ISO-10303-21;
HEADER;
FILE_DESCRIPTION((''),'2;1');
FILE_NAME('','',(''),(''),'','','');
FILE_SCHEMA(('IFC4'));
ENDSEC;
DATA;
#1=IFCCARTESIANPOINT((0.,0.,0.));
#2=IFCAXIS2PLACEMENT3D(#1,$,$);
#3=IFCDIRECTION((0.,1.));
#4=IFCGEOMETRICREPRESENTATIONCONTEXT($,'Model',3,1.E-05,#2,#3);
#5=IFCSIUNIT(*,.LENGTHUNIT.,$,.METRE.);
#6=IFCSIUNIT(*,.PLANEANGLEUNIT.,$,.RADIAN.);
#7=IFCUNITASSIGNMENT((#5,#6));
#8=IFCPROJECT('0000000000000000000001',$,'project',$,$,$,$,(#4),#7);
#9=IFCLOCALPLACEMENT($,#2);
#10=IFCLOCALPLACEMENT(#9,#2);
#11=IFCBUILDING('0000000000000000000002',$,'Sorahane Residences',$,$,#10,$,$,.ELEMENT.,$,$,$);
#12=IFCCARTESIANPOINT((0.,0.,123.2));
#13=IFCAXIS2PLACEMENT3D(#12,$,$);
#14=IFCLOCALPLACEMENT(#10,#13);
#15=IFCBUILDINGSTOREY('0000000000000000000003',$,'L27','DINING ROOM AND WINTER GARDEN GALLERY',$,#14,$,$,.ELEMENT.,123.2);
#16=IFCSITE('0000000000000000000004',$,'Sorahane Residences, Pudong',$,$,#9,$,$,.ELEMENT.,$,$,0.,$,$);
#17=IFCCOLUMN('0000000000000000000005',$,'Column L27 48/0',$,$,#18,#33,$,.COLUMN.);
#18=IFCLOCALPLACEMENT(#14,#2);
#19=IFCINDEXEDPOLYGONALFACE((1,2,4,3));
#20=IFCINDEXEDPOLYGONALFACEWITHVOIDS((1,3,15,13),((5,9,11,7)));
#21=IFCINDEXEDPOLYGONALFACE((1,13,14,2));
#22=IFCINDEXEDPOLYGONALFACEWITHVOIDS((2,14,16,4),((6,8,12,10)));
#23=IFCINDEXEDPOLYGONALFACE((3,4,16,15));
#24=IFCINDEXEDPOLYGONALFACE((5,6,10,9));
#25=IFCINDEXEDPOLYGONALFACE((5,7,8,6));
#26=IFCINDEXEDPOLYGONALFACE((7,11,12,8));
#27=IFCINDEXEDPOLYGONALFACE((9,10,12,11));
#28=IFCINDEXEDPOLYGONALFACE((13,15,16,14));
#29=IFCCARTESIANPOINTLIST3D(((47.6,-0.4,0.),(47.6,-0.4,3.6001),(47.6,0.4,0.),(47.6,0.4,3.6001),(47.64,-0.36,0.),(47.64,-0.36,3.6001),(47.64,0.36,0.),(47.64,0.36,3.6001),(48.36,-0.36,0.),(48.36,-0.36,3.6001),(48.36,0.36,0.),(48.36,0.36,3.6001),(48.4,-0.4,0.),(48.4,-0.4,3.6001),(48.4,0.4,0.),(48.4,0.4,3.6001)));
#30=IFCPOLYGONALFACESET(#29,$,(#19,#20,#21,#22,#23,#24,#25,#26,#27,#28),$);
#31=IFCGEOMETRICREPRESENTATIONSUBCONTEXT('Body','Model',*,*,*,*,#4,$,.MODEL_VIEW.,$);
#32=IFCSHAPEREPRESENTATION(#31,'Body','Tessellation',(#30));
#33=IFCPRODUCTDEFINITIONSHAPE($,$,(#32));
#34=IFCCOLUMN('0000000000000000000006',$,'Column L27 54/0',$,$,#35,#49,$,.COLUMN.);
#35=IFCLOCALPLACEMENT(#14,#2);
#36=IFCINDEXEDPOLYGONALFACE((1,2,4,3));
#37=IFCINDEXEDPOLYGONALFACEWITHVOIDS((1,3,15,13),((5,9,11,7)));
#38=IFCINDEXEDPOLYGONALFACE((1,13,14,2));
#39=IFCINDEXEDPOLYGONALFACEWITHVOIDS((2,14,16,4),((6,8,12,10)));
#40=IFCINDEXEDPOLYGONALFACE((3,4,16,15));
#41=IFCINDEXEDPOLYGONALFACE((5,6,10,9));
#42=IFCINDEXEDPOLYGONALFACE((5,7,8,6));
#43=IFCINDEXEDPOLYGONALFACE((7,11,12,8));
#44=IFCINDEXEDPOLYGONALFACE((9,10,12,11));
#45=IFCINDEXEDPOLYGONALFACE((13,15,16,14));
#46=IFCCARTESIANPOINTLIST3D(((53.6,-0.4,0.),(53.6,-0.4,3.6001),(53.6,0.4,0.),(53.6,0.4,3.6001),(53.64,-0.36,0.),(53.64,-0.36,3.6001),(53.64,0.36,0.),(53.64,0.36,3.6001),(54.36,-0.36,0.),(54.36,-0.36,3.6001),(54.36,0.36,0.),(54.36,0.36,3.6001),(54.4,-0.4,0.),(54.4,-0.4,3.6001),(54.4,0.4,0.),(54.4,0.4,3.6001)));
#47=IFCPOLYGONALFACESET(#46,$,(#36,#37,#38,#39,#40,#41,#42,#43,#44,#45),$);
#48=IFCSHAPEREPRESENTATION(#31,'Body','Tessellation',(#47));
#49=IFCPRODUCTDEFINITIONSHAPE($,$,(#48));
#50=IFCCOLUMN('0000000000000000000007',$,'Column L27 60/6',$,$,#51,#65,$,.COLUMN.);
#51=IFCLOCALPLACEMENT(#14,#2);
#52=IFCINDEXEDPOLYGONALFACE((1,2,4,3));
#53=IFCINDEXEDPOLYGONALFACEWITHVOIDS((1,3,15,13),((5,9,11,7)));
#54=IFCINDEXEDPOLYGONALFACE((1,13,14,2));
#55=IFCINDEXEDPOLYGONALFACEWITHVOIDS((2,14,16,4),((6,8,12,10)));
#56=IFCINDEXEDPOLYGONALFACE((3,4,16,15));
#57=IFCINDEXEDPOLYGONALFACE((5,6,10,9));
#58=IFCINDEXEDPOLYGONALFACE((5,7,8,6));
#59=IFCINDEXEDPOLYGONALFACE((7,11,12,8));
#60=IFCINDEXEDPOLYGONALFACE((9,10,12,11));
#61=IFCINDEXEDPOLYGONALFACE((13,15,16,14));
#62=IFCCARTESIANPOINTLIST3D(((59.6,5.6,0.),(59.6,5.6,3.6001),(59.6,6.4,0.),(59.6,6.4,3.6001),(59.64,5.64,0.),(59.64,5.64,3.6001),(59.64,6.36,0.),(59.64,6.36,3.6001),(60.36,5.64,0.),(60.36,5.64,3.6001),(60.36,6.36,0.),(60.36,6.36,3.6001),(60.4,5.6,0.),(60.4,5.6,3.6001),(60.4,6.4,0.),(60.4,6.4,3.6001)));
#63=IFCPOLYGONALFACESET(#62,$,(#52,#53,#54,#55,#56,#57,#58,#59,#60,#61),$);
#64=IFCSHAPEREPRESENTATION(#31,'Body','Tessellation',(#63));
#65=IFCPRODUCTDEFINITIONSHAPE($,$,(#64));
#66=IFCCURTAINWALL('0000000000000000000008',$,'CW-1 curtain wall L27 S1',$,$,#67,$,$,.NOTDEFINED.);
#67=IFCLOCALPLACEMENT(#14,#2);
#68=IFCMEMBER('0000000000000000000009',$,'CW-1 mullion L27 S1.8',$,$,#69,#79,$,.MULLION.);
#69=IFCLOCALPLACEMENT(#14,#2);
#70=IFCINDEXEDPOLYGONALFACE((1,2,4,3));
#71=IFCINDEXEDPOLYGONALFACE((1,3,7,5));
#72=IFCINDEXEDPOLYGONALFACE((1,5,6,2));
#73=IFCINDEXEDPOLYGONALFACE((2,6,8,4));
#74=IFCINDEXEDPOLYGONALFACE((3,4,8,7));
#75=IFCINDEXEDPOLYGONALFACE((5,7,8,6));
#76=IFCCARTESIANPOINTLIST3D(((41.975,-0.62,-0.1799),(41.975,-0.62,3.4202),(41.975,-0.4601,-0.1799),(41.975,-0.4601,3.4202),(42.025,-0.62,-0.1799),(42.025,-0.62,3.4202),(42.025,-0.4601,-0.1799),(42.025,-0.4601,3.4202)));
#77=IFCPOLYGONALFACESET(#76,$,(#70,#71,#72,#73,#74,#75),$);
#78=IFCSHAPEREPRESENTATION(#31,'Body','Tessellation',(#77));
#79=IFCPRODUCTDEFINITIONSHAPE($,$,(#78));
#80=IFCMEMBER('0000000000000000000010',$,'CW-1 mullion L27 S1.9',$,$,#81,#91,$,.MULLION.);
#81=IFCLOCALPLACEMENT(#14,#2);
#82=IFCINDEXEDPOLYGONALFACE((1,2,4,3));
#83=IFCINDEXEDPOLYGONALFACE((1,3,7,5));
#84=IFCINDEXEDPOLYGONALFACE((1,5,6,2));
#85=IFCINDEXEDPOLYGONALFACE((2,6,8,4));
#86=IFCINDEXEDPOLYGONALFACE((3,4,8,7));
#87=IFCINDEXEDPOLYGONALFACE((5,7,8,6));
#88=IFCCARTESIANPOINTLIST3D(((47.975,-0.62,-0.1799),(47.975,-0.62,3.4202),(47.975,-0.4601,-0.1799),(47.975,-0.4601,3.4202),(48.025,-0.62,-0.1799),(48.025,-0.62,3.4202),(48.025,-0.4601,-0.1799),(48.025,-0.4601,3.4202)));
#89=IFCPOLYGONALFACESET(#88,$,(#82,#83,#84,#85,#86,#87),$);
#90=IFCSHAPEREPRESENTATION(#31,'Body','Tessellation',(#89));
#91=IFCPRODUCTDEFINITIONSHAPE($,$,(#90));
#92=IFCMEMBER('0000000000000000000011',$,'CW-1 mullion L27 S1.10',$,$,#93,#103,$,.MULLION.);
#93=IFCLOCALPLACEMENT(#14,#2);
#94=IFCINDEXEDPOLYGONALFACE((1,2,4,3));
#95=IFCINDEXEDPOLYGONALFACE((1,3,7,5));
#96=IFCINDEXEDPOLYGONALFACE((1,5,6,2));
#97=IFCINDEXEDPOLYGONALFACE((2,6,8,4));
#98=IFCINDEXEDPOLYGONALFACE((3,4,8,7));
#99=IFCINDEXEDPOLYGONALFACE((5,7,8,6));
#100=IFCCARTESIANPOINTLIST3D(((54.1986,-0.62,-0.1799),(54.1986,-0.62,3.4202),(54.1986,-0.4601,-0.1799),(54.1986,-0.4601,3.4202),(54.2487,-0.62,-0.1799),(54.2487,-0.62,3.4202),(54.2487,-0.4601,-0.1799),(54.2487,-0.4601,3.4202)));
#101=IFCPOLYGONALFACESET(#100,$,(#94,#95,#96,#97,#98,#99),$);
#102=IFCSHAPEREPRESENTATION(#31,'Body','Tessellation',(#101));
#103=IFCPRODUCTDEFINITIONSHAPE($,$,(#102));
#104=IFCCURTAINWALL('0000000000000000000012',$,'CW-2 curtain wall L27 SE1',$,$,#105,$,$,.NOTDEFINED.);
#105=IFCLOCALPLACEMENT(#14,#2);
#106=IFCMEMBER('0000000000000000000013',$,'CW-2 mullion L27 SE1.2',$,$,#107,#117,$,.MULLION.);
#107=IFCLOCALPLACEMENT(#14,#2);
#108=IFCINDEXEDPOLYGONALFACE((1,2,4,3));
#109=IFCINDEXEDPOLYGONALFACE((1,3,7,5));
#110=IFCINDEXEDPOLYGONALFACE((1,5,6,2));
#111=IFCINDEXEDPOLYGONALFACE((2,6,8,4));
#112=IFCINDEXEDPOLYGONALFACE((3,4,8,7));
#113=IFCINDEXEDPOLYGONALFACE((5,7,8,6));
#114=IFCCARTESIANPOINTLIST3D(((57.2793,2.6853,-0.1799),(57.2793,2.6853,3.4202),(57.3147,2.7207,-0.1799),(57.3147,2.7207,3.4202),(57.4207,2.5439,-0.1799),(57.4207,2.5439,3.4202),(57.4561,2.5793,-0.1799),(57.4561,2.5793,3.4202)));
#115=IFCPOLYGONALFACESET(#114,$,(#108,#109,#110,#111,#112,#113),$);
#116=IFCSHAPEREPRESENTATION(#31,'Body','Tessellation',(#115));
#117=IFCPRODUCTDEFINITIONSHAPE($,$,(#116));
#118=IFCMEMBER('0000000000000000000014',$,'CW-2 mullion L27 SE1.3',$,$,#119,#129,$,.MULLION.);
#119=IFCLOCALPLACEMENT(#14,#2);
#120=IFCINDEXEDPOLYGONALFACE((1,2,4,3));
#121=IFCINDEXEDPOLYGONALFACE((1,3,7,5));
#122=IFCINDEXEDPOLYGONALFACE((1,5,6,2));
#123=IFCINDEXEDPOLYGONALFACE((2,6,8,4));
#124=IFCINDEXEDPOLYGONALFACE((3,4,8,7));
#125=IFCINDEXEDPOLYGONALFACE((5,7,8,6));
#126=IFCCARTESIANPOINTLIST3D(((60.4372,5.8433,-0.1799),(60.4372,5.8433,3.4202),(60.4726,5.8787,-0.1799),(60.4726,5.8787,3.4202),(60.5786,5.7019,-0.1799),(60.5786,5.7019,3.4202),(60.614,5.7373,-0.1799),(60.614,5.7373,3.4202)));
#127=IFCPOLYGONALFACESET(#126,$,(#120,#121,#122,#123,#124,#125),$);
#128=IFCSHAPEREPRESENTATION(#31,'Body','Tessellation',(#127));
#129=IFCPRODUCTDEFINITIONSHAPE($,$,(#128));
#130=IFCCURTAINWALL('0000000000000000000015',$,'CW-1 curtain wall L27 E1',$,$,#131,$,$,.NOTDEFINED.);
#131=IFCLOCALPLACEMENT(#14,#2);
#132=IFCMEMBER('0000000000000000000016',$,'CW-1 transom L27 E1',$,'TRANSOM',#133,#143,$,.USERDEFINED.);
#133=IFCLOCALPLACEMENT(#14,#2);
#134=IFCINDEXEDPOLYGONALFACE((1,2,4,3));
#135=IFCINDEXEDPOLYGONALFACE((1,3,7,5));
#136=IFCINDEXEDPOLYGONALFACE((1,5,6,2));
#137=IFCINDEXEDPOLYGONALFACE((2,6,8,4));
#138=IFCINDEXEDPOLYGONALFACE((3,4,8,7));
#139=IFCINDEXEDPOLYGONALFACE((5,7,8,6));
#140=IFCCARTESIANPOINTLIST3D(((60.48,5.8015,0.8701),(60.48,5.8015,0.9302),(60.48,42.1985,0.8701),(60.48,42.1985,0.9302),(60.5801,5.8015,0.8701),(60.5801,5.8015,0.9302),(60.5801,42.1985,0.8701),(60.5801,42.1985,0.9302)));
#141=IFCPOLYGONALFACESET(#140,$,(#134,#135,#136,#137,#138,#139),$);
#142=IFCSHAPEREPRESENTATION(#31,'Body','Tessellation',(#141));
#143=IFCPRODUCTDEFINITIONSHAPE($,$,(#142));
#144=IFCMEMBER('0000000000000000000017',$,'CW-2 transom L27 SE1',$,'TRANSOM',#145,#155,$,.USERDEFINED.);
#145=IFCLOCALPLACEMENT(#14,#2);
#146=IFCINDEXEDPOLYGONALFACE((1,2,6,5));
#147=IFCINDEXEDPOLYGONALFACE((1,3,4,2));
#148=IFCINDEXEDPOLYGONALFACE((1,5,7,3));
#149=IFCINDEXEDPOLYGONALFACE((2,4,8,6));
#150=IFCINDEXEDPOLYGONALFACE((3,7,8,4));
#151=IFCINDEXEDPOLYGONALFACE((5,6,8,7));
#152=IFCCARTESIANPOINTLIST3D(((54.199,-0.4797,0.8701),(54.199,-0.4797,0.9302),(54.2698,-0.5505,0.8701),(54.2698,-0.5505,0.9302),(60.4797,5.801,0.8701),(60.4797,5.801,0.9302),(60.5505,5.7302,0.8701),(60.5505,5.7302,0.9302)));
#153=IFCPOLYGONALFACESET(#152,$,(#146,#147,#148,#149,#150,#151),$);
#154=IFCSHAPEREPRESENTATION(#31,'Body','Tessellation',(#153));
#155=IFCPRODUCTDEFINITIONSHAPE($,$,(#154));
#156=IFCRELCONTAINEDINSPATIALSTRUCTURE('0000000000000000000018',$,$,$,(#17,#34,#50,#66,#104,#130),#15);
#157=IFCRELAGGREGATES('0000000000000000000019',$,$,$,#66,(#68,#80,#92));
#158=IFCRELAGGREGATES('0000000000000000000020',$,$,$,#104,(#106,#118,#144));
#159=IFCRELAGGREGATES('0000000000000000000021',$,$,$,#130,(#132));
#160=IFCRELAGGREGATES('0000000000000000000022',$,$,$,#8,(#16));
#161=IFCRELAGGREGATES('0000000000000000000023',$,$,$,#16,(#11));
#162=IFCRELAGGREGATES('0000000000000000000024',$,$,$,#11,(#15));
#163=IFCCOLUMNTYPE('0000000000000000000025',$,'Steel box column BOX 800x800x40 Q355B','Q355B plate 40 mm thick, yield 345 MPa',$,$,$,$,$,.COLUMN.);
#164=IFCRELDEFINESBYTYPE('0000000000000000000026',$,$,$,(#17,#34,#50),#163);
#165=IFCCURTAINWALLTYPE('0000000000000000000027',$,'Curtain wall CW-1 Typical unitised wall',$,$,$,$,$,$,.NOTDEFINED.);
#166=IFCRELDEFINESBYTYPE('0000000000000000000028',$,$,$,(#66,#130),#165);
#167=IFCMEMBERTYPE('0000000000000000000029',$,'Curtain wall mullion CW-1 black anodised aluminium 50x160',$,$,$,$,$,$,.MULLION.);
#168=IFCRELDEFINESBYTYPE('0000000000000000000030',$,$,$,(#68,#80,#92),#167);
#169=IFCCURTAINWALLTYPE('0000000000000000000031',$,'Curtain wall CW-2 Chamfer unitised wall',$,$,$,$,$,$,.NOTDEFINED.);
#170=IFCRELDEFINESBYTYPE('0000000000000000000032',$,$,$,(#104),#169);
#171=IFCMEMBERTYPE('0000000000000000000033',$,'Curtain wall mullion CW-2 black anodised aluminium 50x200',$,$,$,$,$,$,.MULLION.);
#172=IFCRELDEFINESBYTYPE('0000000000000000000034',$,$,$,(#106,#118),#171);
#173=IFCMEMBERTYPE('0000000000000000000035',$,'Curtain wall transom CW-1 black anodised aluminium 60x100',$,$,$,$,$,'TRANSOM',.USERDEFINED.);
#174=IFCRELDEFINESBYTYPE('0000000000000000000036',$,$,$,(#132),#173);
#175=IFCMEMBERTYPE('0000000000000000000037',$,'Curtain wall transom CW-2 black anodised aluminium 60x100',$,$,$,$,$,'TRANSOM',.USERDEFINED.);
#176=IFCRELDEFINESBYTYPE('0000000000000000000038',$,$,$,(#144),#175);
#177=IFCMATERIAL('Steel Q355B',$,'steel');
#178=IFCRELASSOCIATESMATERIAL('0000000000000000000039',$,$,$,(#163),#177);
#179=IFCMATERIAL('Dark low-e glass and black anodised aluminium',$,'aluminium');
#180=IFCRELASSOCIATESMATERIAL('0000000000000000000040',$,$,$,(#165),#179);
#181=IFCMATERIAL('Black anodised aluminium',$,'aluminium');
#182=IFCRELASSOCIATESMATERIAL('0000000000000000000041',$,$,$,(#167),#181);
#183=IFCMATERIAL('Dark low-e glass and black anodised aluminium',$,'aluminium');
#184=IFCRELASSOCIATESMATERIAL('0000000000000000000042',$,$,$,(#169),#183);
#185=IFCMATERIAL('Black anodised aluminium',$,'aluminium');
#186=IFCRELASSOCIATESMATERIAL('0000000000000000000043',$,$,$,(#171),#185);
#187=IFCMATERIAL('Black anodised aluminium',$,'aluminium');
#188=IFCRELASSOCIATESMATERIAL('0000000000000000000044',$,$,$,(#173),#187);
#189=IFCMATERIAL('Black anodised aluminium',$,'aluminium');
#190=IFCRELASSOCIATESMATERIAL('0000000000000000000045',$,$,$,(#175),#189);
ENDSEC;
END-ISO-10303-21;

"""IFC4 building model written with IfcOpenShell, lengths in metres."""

from ifc_helpers import new_model, si_unit, direction, frame, origin, origin_2d, place, context, subcontext, project, spatial, rectangle, hollow_rectangle, extrude, material, material_profile, profile_set, type_object, element, aggregate, save


model = new_model("IFC4")

# Units and contexts
model_context = context("Model", 3, precision=1e-05, world=origin(), true_north=direction((0.0, 1.0)))
body_context = subcontext(model_context, "Body", "Model", "MODEL_VIEW")
ifc_project = project(units=[si_unit("LENGTHUNIT", "METRE"), si_unit("PLANEANGLEUNIT", "RADIAN")], contexts=[model_context])

# Site, building, storey
site_placement = place(None, origin())
site = spatial("IfcSite", under=ifc_project, at=site_placement, Name="Sorahane Residences, Pudong", CompositionType="ELEMENT", RefElevation=0.0)
building_placement = place(site_placement, origin())
building = spatial("IfcBuilding", under=site, at=building_placement, Name="Sorahane Residences", CompositionType="ELEMENT")
storey_placement = place(building_placement, frame((0.0, 0.0, 123.2)))
storey = spatial("IfcBuildingStorey", under=building, at=storey_placement, Name="L27", Description="DINING ROOM AND WINTER GARDEN GALLERY", CompositionType="ELEMENT", Elevation=123.2)

# Columns
ifc_material_1 = material(Name="Steel Q355B", Category="steel")
ifc_material_profile_1 = material_profile(ifc_material_1, hollow_rectangle(XDim=0.8, YDim=0.8, WallThickness=0.04, at=origin_2d()), Name="BOX 800x800x40")
ifc_profile_set_1 = profile_set([ifc_material_profile_1], Name="Steel Q355B")
column_type = type_object("IfcColumnType", Name="Steel box column BOX 800x800x40 Q355B", Description="Q355B plate 40 mm thick, yield 345 MPa", PredefinedType="COLUMN", material=ifc_profile_set_1)
for number, where, z_axis, x_axis, name in (
    (1, (48.0, 0.0, 0.0), (0.0, 0.0, 1.0), (1.0, 0.0, 0.0), "Column L27 48/0"),
    (2, (54.0, 0.0, 0.0), (0.0, 0.0, 1.0), (1.0, 0.0, 0.0), "Column L27 54/0"),
    (3, (60.0, 6.0, 0.0), (0.0, 0.0, 1.0), (1.0, 0.0, 0.0), "Column L27 60/6"),
):
    element("IfcColumn", number, at=place(storey_placement, frame(where, z_axis=z_axis, x_axis=x_axis)), inside=storey, type_object=column_type, Name=name, PredefinedType="COLUMN", context=body_context, shape_type="SweptSolid", body=[
        extrude(hollow_rectangle(XDim=0.8, YDim=0.8, WallThickness=0.04, at=origin_2d()), origin(), (0.0, 0.0, 1.0), 3.6001),
    ])

# Curtain walls, members
ifc_material_2 = material(Name="Dark low-e glass and black anodised aluminium", Category="aluminium")
curtain_wall_type_1 = type_object("IfcCurtainWallType", Name="Curtain wall CW-1 Typical unitised wall", PredefinedType="NOTDEFINED", material=ifc_material_2)
curtain_wall_1_placement = place(storey_placement, origin())
curtain_wall_1 = element("IfcCurtainWall", 4, at=curtain_wall_1_placement, inside=storey, type_object=curtain_wall_type_1, Name="CW-1 curtain wall L27 S1", PredefinedType="NOTDEFINED")
ifc_material_3 = material(Name="Black anodised aluminium", Category="aluminium")
ifc_material_profile_2 = material_profile(ifc_material_3, rectangle(XDim=0.1599, YDim=0.05, at=origin_2d()), Name="Curtain wall mullion CW-1 black anodised aluminium 50x160")
ifc_profile_set_2 = profile_set([ifc_material_profile_2], Name="Black anodised aluminium")
member_type_1 = type_object("IfcMemberType", Name="Curtain wall mullion CW-1 black anodised aluminium 50x160", PredefinedType="MULLION", material=ifc_profile_set_2)
member_1_placement = place(storey_placement, frame((42.0, -0.54, -0.1799), z_axis=(0.0, 0.0, 1.0), x_axis=(0.0, -1.0, 0.0)))
member_1 = element("IfcMember", 5, at=member_1_placement, type_object=member_type_1, Name="CW-1 mullion L27 S1.8", PredefinedType="MULLION", context=body_context, shape_type="SweptSolid", body=[
    extrude(rectangle(XDim=0.1599, YDim=0.05, at=origin_2d()), origin(), (0.0, 0.0, 1.0), 3.6001),
])
member_2_placement = place(storey_placement, frame((48.0, -0.54, -0.1799), z_axis=(0.0, 0.0, 1.0), x_axis=(0.0, -1.0, 0.0)))
member_2 = element("IfcMember", 6, at=member_2_placement, type_object=member_type_1, Name="CW-1 mullion L27 S1.9", PredefinedType="MULLION", context=body_context, shape_type="SweptSolid", body=[
    extrude(rectangle(XDim=0.1599, YDim=0.05, at=origin_2d()), origin(), (0.0, 0.0, 1.0), 3.6001),
])
member_3_placement = place(storey_placement, frame((54.2236, -0.54, -0.1799), z_axis=(0.0, 0.0, 1.0), x_axis=(0.0, -1.0, 0.0)))
member_3 = element("IfcMember", 7, at=member_3_placement, type_object=member_type_1, Name="CW-1 mullion L27 S1.10", PredefinedType="MULLION", context=body_context, shape_type="SweptSolid", body=[
    extrude(rectangle(XDim=0.1599, YDim=0.05, at=origin_2d()), origin(), (0.0, 0.0, 1.0), 3.6001),
])
ifc_material_4 = material(Name="Dark low-e glass and black anodised aluminium", Category="aluminium")
curtain_wall_type_2 = type_object("IfcCurtainWallType", Name="Curtain wall CW-2 Chamfer unitised wall", PredefinedType="NOTDEFINED", material=ifc_material_4)
curtain_wall_2_placement = place(storey_placement, origin())
curtain_wall_2 = element("IfcCurtainWall", 8, at=curtain_wall_2_placement, inside=storey, type_object=curtain_wall_type_2, Name="CW-2 curtain wall L27 SE1", PredefinedType="NOTDEFINED")
ifc_material_5 = material(Name="Black anodised aluminium", Category="aluminium")
ifc_material_profile_3 = material_profile(ifc_material_5, rectangle(XDim=0.2, YDim=0.05, at=origin_2d()), Name="Curtain wall mullion CW-2 black anodised aluminium 50x200")
ifc_profile_set_3 = profile_set([ifc_material_profile_3], Name="Black anodised aluminium")
member_type_2 = type_object("IfcMemberType", Name="Curtain wall mullion CW-2 black anodised aluminium 50x200", PredefinedType="MULLION", material=ifc_profile_set_3)
member_4_placement = place(storey_placement, frame((57.3677, 2.6323, -0.1799), z_axis=(0.0, 0.0, 1.0), x_axis=(0.707107, -0.707107, 0.0)))
member_4 = element("IfcMember", 9, at=member_4_placement, type_object=member_type_2, Name="CW-2 mullion L27 SE1.2", PredefinedType="MULLION", context=body_context, shape_type="SweptSolid", body=[
    extrude(rectangle(XDim=0.2, YDim=0.05, at=origin_2d()), origin(), (0.0, 0.0, 1.0), 3.6001),
])
member_5_placement = place(storey_placement, frame((60.5256, 5.7903, -0.1799), z_axis=(0.0, 0.0, 1.0), x_axis=(0.707107, -0.707107, 0.0)))
member_5 = element("IfcMember", 10, at=member_5_placement, type_object=member_type_2, Name="CW-2 mullion L27 SE1.3", PredefinedType="MULLION", context=body_context, shape_type="SweptSolid", body=[
    extrude(rectangle(XDim=0.2, YDim=0.05, at=origin_2d()), origin(), (0.0, 0.0, 1.0), 3.6001),
])

# Curtain wall, member
curtain_wall_3_placement = place(storey_placement, origin())
curtain_wall_3 = element("IfcCurtainWall", 11, at=curtain_wall_3_placement, inside=storey, type_object=curtain_wall_type_1, Name="CW-1 curtain wall L27 E1", PredefinedType="NOTDEFINED")
ifc_material_6 = material(Name="Black anodised aluminium", Category="aluminium")
ifc_material_profile_4 = material_profile(ifc_material_6, rectangle(XDim=0.1001, YDim=0.0601, at=origin_2d()), Name="Curtain wall transom CW-1 black anodised aluminium 60x100")
ifc_profile_set_4 = profile_set([ifc_material_profile_4], Name="Black anodised aluminium")
member_type_3 = type_object("IfcMemberType", Name="Curtain wall transom CW-1 black anodised aluminium 60x100", ElementType="TRANSOM", PredefinedType="USERDEFINED", material=ifc_profile_set_4)
member_6_placement = place(storey_placement, frame((60.53, 5.8015, 0.9001), z_axis=(0.0, 1.0, 0.0), x_axis=(-1.0, 0.0, 0.0)))
member_6 = element("IfcMember", 12, at=member_6_placement, type_object=member_type_3, Name="CW-1 transom L27 E1", ObjectType="TRANSOM", PredefinedType="USERDEFINED", context=body_context, shape_type="SweptSolid", body=[
    extrude(rectangle(XDim=0.1001, YDim=0.0601, at=origin_2d()), origin(), (0.0, 0.0, 1.0), 36.397),
])

# Member
ifc_material_7 = material(Name="Black anodised aluminium", Category="aluminium")
ifc_material_profile_5 = material_profile(ifc_material_7, rectangle(XDim=0.1001, YDim=0.0601, at=origin_2d()), Name="Curtain wall transom CW-2 black anodised aluminium 60x100")
ifc_profile_set_5 = profile_set([ifc_material_profile_5], Name="Black anodised aluminium")
member_type_4 = type_object("IfcMemberType", Name="Curtain wall transom CW-2 black anodised aluminium 60x100", ElementType="TRANSOM", PredefinedType="USERDEFINED", material=ifc_profile_set_5)
member_7_placement = place(storey_placement, frame((54.2344, -0.5151, 0.9001), z_axis=(0.707107, 0.707107, 0.0), x_axis=(-0.707107, 0.707107, 0.0)))
member_7 = element("IfcMember", 13, at=member_7_placement, type_object=member_type_4, Name="CW-2 transom L27 SE1", ObjectType="TRANSOM", PredefinedType="USERDEFINED", context=body_context, shape_type="SweptSolid", body=[
    extrude(rectangle(XDim=0.1001, YDim=0.0601, at=origin_2d()), origin(), (0.0, 0.0, 1.0), 8.8823),
])

aggregate(curtain_wall_1, [member_1, member_2, member_3])
aggregate(curtain_wall_2, [member_4, member_5, member_7])
aggregate(curtain_wall_3, [member_6])

save(model, "model.ifc")
